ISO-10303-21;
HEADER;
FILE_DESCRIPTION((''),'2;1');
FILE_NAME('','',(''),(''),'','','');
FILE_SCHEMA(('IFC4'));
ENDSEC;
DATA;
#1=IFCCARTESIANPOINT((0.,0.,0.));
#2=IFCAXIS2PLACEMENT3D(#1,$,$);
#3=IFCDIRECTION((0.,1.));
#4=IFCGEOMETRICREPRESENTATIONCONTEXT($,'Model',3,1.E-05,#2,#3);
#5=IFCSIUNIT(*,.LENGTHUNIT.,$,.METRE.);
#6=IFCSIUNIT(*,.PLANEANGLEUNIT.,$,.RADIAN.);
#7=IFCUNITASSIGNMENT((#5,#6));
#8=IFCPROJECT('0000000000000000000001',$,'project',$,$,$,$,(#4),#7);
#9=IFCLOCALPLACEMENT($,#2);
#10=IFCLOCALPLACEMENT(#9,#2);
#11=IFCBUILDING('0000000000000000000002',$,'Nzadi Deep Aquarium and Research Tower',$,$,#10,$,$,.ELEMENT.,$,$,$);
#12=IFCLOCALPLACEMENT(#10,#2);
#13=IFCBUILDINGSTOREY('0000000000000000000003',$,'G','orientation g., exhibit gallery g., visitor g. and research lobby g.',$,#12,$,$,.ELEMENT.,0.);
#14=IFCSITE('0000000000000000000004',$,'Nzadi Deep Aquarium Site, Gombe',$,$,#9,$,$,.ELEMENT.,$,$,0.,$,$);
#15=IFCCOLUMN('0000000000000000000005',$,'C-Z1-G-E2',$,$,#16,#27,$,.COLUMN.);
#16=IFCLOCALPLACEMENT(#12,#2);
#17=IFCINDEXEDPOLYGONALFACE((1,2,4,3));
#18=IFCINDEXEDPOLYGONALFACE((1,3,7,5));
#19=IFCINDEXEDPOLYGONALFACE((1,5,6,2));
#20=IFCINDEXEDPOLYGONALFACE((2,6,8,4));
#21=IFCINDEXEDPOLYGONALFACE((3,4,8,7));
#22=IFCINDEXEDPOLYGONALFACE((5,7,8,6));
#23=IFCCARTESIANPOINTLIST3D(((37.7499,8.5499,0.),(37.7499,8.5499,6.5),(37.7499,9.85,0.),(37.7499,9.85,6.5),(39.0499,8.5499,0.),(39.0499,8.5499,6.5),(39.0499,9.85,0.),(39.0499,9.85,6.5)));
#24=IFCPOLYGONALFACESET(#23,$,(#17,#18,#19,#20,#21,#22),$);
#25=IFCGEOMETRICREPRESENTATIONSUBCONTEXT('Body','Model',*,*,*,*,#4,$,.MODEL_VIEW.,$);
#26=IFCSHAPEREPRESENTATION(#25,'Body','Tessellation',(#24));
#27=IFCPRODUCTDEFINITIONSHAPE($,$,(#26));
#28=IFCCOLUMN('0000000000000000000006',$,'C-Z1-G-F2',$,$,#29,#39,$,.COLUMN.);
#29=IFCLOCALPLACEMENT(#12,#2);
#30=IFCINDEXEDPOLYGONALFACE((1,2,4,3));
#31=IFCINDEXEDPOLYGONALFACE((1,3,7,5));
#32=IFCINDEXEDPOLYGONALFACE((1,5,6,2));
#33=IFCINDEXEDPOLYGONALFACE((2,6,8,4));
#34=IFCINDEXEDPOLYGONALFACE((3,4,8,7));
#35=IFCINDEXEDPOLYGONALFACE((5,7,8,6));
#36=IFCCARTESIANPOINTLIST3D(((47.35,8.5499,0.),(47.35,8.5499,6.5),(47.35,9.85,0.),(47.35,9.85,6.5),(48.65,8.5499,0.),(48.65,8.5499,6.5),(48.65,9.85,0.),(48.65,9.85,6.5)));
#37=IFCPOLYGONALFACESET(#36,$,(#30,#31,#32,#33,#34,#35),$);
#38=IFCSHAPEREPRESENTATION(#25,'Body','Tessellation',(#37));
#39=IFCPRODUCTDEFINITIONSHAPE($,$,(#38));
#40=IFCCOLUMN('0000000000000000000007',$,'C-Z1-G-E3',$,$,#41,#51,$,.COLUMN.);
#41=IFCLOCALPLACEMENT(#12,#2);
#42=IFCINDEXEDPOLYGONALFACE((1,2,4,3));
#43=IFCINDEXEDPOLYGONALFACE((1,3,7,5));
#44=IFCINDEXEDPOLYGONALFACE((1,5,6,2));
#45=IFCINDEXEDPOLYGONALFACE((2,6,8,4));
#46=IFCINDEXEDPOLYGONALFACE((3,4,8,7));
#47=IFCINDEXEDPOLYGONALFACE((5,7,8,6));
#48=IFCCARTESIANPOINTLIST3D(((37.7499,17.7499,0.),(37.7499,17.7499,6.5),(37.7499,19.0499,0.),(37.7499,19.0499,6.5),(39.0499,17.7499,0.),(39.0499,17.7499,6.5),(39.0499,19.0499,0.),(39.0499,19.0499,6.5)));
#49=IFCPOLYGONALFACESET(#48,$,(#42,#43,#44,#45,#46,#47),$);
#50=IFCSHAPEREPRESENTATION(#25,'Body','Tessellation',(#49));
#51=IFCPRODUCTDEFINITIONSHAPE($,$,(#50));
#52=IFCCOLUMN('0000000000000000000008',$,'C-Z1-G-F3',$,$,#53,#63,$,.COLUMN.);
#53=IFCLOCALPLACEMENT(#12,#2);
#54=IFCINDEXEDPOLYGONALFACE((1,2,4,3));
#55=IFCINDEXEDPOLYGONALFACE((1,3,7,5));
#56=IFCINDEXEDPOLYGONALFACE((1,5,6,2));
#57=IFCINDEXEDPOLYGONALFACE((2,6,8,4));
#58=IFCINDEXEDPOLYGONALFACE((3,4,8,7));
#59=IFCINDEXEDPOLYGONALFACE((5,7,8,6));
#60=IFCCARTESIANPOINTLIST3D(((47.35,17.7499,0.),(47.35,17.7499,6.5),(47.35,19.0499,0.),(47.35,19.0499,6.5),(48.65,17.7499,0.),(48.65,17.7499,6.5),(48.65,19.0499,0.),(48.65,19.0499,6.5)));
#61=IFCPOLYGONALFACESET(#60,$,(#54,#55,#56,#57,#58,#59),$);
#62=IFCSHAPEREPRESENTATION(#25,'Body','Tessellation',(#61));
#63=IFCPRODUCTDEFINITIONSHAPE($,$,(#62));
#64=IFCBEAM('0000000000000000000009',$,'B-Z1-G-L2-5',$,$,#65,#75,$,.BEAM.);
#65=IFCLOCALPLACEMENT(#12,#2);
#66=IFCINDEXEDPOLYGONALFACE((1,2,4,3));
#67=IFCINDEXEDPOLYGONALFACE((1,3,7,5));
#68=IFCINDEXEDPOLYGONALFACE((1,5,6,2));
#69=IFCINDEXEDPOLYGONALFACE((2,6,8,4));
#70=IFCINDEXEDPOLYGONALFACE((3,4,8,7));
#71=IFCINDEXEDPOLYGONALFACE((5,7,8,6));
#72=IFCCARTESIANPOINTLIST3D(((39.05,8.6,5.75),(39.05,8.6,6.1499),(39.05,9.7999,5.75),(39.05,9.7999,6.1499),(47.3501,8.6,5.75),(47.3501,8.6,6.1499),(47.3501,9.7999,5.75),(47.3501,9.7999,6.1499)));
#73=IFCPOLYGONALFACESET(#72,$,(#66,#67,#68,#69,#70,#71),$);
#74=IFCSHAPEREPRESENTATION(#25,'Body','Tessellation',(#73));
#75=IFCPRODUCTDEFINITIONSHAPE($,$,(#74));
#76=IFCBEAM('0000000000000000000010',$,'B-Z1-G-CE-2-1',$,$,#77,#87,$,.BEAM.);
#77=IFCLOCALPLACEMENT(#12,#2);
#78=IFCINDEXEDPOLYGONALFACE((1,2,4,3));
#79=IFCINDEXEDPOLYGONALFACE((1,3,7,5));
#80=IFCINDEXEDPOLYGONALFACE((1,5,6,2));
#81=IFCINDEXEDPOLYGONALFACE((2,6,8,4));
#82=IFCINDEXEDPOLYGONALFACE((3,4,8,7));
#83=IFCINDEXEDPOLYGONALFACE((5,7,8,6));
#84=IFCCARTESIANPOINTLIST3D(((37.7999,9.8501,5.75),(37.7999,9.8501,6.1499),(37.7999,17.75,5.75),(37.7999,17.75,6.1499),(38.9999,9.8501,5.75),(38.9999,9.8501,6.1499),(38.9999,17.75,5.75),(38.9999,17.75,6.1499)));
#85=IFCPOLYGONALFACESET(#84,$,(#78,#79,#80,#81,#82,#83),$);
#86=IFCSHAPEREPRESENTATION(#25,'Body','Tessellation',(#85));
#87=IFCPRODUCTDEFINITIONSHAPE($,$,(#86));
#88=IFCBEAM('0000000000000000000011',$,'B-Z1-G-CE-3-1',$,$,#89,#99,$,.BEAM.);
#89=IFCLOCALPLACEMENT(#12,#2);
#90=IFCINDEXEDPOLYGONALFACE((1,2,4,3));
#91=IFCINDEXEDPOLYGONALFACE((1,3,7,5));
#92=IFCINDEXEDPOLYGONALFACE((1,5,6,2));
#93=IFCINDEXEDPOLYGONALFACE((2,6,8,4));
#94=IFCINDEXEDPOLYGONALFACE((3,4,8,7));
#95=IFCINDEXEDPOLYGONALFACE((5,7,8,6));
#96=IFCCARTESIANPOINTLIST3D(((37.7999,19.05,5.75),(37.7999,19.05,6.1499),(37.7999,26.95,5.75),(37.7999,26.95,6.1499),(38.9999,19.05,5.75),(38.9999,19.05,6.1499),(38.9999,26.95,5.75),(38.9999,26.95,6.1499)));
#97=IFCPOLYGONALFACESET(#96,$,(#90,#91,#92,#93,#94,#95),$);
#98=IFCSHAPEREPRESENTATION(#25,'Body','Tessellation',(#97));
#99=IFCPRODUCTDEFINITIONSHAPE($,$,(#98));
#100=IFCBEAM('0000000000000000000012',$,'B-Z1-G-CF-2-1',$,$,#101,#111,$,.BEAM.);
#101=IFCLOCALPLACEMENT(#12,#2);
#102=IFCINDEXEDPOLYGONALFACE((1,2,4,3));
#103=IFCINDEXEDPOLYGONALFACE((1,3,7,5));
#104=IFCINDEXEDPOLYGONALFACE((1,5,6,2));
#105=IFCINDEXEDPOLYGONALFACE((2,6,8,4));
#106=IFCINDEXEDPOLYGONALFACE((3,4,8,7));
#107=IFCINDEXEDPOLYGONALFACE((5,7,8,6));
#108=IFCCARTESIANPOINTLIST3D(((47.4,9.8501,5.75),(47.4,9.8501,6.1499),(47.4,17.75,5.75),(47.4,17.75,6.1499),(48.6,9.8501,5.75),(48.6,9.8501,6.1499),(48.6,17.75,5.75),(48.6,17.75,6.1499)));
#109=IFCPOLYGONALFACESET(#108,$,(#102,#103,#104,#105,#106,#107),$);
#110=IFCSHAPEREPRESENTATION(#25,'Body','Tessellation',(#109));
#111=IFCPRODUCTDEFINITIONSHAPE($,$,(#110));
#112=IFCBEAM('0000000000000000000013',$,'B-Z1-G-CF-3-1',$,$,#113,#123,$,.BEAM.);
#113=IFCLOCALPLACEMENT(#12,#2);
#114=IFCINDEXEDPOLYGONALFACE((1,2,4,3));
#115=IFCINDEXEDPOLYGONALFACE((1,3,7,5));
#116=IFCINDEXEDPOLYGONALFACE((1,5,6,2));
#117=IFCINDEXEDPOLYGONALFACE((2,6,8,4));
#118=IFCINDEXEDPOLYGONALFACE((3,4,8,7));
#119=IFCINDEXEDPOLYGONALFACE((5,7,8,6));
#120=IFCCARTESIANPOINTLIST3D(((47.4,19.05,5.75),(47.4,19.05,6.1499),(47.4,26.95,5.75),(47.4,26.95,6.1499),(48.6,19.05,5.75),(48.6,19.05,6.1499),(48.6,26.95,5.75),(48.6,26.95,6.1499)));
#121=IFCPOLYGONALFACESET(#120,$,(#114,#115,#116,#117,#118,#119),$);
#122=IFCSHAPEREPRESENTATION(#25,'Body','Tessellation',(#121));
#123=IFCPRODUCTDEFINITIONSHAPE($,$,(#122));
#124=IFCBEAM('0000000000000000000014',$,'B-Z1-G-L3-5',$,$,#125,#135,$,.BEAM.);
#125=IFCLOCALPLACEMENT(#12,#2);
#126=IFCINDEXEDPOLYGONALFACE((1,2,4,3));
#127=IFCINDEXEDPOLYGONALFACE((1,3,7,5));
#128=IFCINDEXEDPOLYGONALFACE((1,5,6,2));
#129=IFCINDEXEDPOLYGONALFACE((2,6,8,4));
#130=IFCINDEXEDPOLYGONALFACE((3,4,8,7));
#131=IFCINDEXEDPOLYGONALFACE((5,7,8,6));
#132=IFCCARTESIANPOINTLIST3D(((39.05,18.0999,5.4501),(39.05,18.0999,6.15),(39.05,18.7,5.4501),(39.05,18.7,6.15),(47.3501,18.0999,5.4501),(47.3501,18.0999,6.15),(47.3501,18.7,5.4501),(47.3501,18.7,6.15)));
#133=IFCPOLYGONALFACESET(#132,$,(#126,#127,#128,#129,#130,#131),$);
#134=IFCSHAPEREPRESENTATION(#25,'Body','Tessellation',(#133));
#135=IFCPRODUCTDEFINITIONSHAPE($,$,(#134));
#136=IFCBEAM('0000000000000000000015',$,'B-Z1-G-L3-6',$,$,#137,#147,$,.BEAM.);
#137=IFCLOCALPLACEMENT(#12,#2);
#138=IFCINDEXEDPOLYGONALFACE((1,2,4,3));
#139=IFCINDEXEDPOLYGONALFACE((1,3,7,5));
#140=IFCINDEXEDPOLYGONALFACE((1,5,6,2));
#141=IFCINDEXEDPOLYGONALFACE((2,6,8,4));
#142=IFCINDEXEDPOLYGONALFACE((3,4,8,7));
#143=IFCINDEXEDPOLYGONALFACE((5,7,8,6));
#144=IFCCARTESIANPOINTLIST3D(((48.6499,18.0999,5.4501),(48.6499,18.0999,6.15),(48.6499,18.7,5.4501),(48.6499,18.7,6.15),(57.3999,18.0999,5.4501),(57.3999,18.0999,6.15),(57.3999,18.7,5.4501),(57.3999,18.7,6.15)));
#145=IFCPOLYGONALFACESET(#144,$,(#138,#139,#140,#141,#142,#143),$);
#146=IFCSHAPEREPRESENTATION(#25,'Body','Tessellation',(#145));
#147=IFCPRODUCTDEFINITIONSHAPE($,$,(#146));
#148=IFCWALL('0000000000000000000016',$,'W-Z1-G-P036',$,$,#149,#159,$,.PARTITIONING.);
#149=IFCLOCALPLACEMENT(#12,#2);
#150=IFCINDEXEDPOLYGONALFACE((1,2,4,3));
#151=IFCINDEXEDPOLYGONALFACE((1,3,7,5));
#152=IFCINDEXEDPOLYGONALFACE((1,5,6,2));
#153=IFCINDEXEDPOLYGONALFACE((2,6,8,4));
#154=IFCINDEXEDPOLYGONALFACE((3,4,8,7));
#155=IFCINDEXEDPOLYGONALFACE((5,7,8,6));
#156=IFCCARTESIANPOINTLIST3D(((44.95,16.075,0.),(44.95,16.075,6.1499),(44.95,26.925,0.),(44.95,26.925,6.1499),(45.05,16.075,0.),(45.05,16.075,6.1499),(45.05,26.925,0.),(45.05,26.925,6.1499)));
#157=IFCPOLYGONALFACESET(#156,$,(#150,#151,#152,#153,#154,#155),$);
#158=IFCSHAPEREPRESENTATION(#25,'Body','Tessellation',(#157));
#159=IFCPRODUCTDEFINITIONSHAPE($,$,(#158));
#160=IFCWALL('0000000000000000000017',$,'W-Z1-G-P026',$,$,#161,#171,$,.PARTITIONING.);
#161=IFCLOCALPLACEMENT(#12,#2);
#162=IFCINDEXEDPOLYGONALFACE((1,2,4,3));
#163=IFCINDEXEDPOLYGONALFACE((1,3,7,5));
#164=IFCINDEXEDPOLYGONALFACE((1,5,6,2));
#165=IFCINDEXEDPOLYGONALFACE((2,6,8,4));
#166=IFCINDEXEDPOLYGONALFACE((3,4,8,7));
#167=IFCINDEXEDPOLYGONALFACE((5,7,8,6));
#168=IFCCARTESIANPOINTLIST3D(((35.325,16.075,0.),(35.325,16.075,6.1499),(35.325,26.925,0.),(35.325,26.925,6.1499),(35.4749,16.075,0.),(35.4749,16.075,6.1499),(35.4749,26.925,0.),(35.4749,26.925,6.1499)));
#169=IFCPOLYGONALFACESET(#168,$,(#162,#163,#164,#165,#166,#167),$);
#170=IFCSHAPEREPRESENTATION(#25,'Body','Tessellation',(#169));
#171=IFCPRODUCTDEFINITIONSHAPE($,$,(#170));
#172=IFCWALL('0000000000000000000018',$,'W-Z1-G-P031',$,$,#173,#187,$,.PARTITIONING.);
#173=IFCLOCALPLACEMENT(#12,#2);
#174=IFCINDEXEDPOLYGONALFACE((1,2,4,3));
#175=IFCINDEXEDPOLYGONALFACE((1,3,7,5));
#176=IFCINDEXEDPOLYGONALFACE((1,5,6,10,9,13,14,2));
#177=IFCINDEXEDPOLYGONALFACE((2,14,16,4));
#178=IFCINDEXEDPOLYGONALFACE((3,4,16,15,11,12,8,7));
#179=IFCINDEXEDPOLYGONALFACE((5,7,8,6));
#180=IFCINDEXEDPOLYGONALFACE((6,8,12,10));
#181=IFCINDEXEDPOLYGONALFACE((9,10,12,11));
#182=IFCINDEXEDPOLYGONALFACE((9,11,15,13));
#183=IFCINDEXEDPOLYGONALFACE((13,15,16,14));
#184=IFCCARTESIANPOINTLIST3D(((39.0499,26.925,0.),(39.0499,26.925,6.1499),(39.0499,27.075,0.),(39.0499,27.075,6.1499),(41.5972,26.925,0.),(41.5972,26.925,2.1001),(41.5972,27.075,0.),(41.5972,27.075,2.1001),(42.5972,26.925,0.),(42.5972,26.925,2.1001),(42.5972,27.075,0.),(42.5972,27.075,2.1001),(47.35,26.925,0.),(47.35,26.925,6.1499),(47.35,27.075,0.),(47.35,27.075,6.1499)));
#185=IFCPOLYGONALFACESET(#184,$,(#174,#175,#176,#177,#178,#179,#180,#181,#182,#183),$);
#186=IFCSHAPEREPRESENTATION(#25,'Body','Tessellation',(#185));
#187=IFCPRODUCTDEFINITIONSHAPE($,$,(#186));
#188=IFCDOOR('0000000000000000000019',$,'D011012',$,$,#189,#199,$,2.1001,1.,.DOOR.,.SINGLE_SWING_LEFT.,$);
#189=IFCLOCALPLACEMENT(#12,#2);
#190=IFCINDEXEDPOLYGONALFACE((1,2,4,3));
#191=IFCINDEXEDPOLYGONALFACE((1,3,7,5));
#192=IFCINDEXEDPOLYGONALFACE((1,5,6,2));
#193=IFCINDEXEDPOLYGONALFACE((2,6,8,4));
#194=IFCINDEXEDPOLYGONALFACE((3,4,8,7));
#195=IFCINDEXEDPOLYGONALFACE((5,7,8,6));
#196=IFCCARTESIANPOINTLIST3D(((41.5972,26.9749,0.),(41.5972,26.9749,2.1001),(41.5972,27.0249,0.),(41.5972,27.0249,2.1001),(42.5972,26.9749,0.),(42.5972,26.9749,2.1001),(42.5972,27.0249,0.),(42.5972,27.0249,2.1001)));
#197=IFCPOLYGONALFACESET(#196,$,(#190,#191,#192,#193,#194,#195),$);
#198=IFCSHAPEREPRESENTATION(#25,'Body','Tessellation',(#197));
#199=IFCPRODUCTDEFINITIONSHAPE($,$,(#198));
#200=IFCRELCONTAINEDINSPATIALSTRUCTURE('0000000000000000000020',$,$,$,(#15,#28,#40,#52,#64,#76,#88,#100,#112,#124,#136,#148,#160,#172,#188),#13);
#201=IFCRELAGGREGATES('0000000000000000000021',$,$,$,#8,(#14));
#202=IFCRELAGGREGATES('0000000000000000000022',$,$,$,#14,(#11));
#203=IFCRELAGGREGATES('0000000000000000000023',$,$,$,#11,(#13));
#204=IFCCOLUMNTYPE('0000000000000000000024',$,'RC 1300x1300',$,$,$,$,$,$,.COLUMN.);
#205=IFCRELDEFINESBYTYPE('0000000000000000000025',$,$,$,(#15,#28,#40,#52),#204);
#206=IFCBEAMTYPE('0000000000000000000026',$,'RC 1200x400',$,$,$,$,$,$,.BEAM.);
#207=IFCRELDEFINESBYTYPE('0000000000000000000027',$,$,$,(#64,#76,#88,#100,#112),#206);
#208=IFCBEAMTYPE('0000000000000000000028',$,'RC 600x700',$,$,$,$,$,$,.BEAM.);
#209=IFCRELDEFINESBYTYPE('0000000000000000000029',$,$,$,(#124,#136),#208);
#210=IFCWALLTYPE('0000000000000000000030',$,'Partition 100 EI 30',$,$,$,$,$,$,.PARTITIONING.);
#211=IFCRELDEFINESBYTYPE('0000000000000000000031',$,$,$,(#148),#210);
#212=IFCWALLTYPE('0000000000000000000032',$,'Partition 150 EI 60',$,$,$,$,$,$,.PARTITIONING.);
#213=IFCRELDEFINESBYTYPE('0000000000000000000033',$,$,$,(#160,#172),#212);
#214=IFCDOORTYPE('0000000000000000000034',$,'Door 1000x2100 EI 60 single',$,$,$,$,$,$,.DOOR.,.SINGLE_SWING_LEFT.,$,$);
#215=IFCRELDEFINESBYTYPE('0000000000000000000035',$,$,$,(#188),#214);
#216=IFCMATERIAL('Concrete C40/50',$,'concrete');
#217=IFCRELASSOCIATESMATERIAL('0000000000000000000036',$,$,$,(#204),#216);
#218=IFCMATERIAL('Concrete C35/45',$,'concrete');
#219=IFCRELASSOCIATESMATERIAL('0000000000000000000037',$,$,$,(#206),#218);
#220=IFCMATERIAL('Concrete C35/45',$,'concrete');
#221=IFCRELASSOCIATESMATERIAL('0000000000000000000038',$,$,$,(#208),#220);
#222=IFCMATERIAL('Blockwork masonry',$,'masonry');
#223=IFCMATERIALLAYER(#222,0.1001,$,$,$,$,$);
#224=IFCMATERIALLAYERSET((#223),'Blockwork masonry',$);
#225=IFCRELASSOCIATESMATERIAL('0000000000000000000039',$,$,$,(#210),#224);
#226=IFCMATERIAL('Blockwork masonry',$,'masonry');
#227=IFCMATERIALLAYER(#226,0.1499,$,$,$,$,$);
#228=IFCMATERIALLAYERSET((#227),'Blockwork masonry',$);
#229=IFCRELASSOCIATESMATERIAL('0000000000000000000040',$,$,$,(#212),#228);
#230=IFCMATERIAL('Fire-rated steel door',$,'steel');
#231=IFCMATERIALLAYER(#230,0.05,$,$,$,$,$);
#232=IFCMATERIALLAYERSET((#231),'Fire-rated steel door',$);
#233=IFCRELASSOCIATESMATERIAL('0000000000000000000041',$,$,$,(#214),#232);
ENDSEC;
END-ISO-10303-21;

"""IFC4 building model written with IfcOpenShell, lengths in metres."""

from ifc_helpers import new_model, si_unit, direction, frame, frame_2d, origin, origin_2d, place, context, subcontext, project, spatial, rectangle, extrude, material, layer, layer_set, material_profile, profile_set, type_object, element, fill, save


model = new_model("IFC4")

# Units and contexts
model_context = context("Model", 3, precision=1e-05, world=origin(), true_north=direction((0.0, 1.0)))
body_context = subcontext(model_context, "Body", "Model", "MODEL_VIEW")
ifc_project = project(units=[si_unit("LENGTHUNIT", "METRE"), si_unit("PLANEANGLEUNIT", "RADIAN")], contexts=[model_context])

# Site, building, storey
site_placement = place(None, origin())
site = spatial("IfcSite", under=ifc_project, at=site_placement, Name="Nzadi Deep Aquarium Site, Gombe", CompositionType="ELEMENT", RefElevation=0.0)
building_placement = place(site_placement, origin())
building = spatial("IfcBuilding", under=site, at=building_placement, Name="Nzadi Deep Aquarium and Research Tower", CompositionType="ELEMENT")
storey_placement = place(building_placement, origin())
storey = spatial("IfcBuildingStorey", under=building, at=storey_placement, Name="G", Description="orientation g., exhibit gallery g., visitor g. and research lobby g.", CompositionType="ELEMENT", Elevation=0.0)

# Columns
ifc_material_1 = material(Name="Concrete C40/50", Category="concrete")
ifc_material_profile_1 = material_profile(ifc_material_1, rectangle(XDim=1.3, YDim=1.3, at=origin_2d()))
ifc_profile_set_1 = profile_set([ifc_material_profile_1], Name="Concrete C40/50")
column_type = type_object("IfcColumnType", Name="RC 1300x1300", PredefinedType="COLUMN", material=ifc_profile_set_1)
for number, where, z_axis, x_axis, name in (
    (1, (38.3999, 9.2, 0.0), (0.0, 0.0, 1.0), (1.0, 0.0, 0.0), "C-Z1-G-E2"),
    (2, (48.0, 9.2, 0.0), (0.0, 0.0, 1.0), (1.0, 0.0, 0.0), "C-Z1-G-F2"),
    (3, (38.3999, 18.3999, 0.0), (0.0, 0.0, 1.0), (1.0, 0.0, 0.0), "C-Z1-G-E3"),
    (4, (48.0, 18.3999, 0.0), (0.0, 0.0, 1.0), (1.0, 0.0, 0.0), "C-Z1-G-F3"),
):
    element("IfcColumn", number, at=place(storey_placement, frame(where, z_axis=z_axis, x_axis=x_axis)), inside=storey, type_object=column_type, Name=name, PredefinedType="COLUMN", context=body_context, shape_type="SweptSolid", body=[
        extrude(rectangle(XDim=1.3, YDim=1.3, at=origin_2d()), origin(), (0.0, 0.0, 1.0), 6.5),
    ])

# Beams
ifc_material_2 = material(Name="Concrete C35/45", Category="concrete")
ifc_material_profile_2 = material_profile(ifc_material_2, rectangle(XDim=1.2, YDim=0.3999, at=origin_2d()))
ifc_profile_set_2 = profile_set([ifc_material_profile_2], Name="Concrete C35/45")
beam_type_1 = type_object("IfcBeamType", Name="RC 1200x400", PredefinedType="BEAM", material=ifc_profile_set_2)
beam_1_placement = place(storey_placement, frame((39.05, 9.2, 5.95), z_axis=(1.0, 0.0, 0.0), x_axis=(0.0, 1.0, 0.0)))
element("IfcBeam", 5, at=beam_1_placement, inside=storey, type_object=beam_type_1, Name="B-Z1-G-L2-5", PredefinedType="BEAM", context=body_context, shape_type="SweptSolid", body=[
    extrude(rectangle(XDim=1.2, YDim=0.3999, at=origin_2d()), origin(), (0.0, 0.0, 1.0), 8.3),
])
for number, where, z_axis, x_axis, name in (
    (6, (38.3999, 9.8501, 5.95), (0.0, 1.0, 0.0), (-1.0, 0.0, 0.0), "B-Z1-G-CE-2-1"),
    (7, (38.3999, 19.05, 5.95), (0.0, 1.0, 0.0), (-1.0, 0.0, 0.0), "B-Z1-G-CE-3-1"),
    (8, (48.0, 9.8501, 5.95), (0.0, 1.0, 0.0), (-1.0, 0.0, 0.0), "B-Z1-G-CF-2-1"),
    (9, (48.0, 19.05, 5.95), (0.0, 1.0, 0.0), (-1.0, 0.0, 0.0), "B-Z1-G-CF-3-1"),
):
    element("IfcBeam", number, at=place(storey_placement, frame(where, z_axis=z_axis, x_axis=x_axis)), inside=storey, type_object=beam_type_1, Name=name, PredefinedType="BEAM", context=body_context, shape_type="SweptSolid", body=[
        extrude(rectangle(XDim=1.2, YDim=0.3999, at=origin_2d()), origin(), (0.0, 0.0, 1.0), 7.8999),
    ])
ifc_material_3 = material(Name="Concrete C35/45", Category="concrete")
ifc_material_profile_3 = material_profile(ifc_material_3, rectangle(XDim=0.6001, YDim=0.7, at=origin_2d()))
ifc_profile_set_3 = profile_set([ifc_material_profile_3], Name="Concrete C35/45")
beam_type_2 = type_object("IfcBeamType", Name="RC 600x700", PredefinedType="BEAM", material=ifc_profile_set_3)
beam_2_placement = place(storey_placement, frame((39.05, 18.3999, 5.8), z_axis=(1.0, 0.0, 0.0), x_axis=(0.0, 1.0, 0.0)))
element("IfcBeam", 10, at=beam_2_placement, inside=storey, type_object=beam_type_2, Name="B-Z1-G-L3-5", PredefinedType="BEAM", context=body_context, shape_type="SweptSolid", body=[
    extrude(rectangle(XDim=0.6001, YDim=0.7, at=origin_2d()), origin(), (0.0, 0.0, 1.0), 8.3),
])
beam_3_placement = place(storey_placement, frame((48.6499, 18.3999, 5.8), z_axis=(1.0, 0.0, 0.0), x_axis=(0.0, 1.0, 0.0)))
element("IfcBeam", 11, at=beam_3_placement, inside=storey, type_object=beam_type_2, Name="B-Z1-G-L3-6", PredefinedType="BEAM", context=body_context, shape_type="SweptSolid", body=[
    extrude(rectangle(XDim=0.6001, YDim=0.7, at=origin_2d()), origin(), (0.0, 0.0, 1.0), 8.75),
])

# Walls
ifc_material_4 = material(Name="Blockwork masonry", Category="masonry")
ifc_layer_1 = layer(ifc_material_4, 0.1001)
ifc_layer_set_1 = layer_set([ifc_layer_1], Name="Blockwork masonry")
wall_type_1 = type_object("IfcWallType", Name="Partition 100 EI 30", PredefinedType="PARTITIONING", material=ifc_layer_set_1)
wall_1_placement = place(storey_placement, frame((45.0, 16.075, 0.0), z_axis=(0.0, 0.0, 1.0), x_axis=(0.0, 1.0, 0.0)))
element("IfcWall", 12, at=wall_1_placement, inside=storey, type_object=wall_type_1, Name="W-Z1-G-P036", PredefinedType="PARTITIONING", context=body_context, shape_type="SweptSolid", body=[
    extrude(rectangle(XDim=10.8501, YDim=0.1001, at=frame_2d((5.425, 0.0))), origin(), (0.0, 0.0, 1.0), 6.1499),
])
ifc_material_5 = material(Name="Blockwork masonry", Category="masonry")
ifc_layer_2 = layer(ifc_material_5, 0.1499)
ifc_layer_set_2 = layer_set([ifc_layer_2], Name="Blockwork masonry")
wall_type_2 = type_object("IfcWallType", Name="Partition 150 EI 60", PredefinedType="PARTITIONING", material=ifc_layer_set_2)
wall_2_placement = place(storey_placement, frame((35.3999, 16.075, 0.0), z_axis=(0.0, 0.0, 1.0), x_axis=(0.0, 1.0, 0.0)))
element("IfcWall", 13, at=wall_2_placement, inside=storey, type_object=wall_type_2, Name="W-Z1-G-P026", PredefinedType="PARTITIONING", context=body_context, shape_type="SweptSolid", body=[
    extrude(rectangle(XDim=10.8501, YDim=0.1499, at=frame_2d((5.425, 0.0))), origin(), (0.0, 0.0, 1.0), 6.1499),
])

# Wall, opening, door
wall_3_placement = place(storey_placement, frame((39.05, 27.0, 0.0), z_axis=(0.0, 0.0, 1.0), x_axis=(1.0, 0.0, 0.0)))
wall_3 = element("IfcWall", 14, at=wall_3_placement, inside=storey, type_object=wall_type_2, Name="W-Z1-G-P031", PredefinedType="PARTITIONING", context=body_context, shape_type="SweptSolid", body=[
    extrude(rectangle(XDim=8.3, YDim=0.1499, at=frame_2d((4.1499, 0.0))), origin(), (0.0, 0.0, 1.0), 6.1499),
])
opening_1_placement = place(wall_3_placement, frame((2.5471, 0.0, 0.0)))
opening_1 = element("IfcOpeningElement", 15, at=opening_1_placement, cuts=wall_3, PredefinedType="OPENING", context=body_context, shape_type="SweptSolid", body=[
    extrude(rectangle(XDim=1.0, YDim=2.1001, at=frame_2d((0.5, 1.05))), frame((0.0, 0.085, 0.0), z_axis=(0.0, -1.0, 0.0), x_axis=(1.0, 0.0, 0.0)), (0.0, 0.0, 1.0), 0.1699),
])
ifc_material_6 = material(Name="Fire-rated steel door", Category="steel")
ifc_layer_3 = layer(ifc_material_6, 0.05)
ifc_layer_set_3 = layer_set([ifc_layer_3], Name="Fire-rated steel door")
door_type_1 = type_object("IfcDoorType", Name="Door 1000x2100 EI 60 single", OperationType="SINGLE_SWING_LEFT", PredefinedType="DOOR", material=ifc_layer_set_3)
door_1_placement = place(opening_1_placement, origin())
door_1 = element("IfcDoor", 16, at=door_1_placement, inside=storey, type_object=door_type_1, Name="D011012", OperationType="SINGLE_SWING_LEFT", OverallHeight=2.1001, OverallWidth=1.0, PredefinedType="DOOR", context=body_context, shape_type="SweptSolid", body=[
    extrude(rectangle(XDim=1.0, YDim=2.1001, at=frame_2d((0.5, 1.05))), frame((0.0, 0.0249, 0.0), z_axis=(0.0, -1.0, 0.0), x_axis=(1.0, 0.0, 0.0)), (0.0, 0.0, 1.0), 0.05),
])
fill(opening_1, door_1)

save(model, "model.ifc")
